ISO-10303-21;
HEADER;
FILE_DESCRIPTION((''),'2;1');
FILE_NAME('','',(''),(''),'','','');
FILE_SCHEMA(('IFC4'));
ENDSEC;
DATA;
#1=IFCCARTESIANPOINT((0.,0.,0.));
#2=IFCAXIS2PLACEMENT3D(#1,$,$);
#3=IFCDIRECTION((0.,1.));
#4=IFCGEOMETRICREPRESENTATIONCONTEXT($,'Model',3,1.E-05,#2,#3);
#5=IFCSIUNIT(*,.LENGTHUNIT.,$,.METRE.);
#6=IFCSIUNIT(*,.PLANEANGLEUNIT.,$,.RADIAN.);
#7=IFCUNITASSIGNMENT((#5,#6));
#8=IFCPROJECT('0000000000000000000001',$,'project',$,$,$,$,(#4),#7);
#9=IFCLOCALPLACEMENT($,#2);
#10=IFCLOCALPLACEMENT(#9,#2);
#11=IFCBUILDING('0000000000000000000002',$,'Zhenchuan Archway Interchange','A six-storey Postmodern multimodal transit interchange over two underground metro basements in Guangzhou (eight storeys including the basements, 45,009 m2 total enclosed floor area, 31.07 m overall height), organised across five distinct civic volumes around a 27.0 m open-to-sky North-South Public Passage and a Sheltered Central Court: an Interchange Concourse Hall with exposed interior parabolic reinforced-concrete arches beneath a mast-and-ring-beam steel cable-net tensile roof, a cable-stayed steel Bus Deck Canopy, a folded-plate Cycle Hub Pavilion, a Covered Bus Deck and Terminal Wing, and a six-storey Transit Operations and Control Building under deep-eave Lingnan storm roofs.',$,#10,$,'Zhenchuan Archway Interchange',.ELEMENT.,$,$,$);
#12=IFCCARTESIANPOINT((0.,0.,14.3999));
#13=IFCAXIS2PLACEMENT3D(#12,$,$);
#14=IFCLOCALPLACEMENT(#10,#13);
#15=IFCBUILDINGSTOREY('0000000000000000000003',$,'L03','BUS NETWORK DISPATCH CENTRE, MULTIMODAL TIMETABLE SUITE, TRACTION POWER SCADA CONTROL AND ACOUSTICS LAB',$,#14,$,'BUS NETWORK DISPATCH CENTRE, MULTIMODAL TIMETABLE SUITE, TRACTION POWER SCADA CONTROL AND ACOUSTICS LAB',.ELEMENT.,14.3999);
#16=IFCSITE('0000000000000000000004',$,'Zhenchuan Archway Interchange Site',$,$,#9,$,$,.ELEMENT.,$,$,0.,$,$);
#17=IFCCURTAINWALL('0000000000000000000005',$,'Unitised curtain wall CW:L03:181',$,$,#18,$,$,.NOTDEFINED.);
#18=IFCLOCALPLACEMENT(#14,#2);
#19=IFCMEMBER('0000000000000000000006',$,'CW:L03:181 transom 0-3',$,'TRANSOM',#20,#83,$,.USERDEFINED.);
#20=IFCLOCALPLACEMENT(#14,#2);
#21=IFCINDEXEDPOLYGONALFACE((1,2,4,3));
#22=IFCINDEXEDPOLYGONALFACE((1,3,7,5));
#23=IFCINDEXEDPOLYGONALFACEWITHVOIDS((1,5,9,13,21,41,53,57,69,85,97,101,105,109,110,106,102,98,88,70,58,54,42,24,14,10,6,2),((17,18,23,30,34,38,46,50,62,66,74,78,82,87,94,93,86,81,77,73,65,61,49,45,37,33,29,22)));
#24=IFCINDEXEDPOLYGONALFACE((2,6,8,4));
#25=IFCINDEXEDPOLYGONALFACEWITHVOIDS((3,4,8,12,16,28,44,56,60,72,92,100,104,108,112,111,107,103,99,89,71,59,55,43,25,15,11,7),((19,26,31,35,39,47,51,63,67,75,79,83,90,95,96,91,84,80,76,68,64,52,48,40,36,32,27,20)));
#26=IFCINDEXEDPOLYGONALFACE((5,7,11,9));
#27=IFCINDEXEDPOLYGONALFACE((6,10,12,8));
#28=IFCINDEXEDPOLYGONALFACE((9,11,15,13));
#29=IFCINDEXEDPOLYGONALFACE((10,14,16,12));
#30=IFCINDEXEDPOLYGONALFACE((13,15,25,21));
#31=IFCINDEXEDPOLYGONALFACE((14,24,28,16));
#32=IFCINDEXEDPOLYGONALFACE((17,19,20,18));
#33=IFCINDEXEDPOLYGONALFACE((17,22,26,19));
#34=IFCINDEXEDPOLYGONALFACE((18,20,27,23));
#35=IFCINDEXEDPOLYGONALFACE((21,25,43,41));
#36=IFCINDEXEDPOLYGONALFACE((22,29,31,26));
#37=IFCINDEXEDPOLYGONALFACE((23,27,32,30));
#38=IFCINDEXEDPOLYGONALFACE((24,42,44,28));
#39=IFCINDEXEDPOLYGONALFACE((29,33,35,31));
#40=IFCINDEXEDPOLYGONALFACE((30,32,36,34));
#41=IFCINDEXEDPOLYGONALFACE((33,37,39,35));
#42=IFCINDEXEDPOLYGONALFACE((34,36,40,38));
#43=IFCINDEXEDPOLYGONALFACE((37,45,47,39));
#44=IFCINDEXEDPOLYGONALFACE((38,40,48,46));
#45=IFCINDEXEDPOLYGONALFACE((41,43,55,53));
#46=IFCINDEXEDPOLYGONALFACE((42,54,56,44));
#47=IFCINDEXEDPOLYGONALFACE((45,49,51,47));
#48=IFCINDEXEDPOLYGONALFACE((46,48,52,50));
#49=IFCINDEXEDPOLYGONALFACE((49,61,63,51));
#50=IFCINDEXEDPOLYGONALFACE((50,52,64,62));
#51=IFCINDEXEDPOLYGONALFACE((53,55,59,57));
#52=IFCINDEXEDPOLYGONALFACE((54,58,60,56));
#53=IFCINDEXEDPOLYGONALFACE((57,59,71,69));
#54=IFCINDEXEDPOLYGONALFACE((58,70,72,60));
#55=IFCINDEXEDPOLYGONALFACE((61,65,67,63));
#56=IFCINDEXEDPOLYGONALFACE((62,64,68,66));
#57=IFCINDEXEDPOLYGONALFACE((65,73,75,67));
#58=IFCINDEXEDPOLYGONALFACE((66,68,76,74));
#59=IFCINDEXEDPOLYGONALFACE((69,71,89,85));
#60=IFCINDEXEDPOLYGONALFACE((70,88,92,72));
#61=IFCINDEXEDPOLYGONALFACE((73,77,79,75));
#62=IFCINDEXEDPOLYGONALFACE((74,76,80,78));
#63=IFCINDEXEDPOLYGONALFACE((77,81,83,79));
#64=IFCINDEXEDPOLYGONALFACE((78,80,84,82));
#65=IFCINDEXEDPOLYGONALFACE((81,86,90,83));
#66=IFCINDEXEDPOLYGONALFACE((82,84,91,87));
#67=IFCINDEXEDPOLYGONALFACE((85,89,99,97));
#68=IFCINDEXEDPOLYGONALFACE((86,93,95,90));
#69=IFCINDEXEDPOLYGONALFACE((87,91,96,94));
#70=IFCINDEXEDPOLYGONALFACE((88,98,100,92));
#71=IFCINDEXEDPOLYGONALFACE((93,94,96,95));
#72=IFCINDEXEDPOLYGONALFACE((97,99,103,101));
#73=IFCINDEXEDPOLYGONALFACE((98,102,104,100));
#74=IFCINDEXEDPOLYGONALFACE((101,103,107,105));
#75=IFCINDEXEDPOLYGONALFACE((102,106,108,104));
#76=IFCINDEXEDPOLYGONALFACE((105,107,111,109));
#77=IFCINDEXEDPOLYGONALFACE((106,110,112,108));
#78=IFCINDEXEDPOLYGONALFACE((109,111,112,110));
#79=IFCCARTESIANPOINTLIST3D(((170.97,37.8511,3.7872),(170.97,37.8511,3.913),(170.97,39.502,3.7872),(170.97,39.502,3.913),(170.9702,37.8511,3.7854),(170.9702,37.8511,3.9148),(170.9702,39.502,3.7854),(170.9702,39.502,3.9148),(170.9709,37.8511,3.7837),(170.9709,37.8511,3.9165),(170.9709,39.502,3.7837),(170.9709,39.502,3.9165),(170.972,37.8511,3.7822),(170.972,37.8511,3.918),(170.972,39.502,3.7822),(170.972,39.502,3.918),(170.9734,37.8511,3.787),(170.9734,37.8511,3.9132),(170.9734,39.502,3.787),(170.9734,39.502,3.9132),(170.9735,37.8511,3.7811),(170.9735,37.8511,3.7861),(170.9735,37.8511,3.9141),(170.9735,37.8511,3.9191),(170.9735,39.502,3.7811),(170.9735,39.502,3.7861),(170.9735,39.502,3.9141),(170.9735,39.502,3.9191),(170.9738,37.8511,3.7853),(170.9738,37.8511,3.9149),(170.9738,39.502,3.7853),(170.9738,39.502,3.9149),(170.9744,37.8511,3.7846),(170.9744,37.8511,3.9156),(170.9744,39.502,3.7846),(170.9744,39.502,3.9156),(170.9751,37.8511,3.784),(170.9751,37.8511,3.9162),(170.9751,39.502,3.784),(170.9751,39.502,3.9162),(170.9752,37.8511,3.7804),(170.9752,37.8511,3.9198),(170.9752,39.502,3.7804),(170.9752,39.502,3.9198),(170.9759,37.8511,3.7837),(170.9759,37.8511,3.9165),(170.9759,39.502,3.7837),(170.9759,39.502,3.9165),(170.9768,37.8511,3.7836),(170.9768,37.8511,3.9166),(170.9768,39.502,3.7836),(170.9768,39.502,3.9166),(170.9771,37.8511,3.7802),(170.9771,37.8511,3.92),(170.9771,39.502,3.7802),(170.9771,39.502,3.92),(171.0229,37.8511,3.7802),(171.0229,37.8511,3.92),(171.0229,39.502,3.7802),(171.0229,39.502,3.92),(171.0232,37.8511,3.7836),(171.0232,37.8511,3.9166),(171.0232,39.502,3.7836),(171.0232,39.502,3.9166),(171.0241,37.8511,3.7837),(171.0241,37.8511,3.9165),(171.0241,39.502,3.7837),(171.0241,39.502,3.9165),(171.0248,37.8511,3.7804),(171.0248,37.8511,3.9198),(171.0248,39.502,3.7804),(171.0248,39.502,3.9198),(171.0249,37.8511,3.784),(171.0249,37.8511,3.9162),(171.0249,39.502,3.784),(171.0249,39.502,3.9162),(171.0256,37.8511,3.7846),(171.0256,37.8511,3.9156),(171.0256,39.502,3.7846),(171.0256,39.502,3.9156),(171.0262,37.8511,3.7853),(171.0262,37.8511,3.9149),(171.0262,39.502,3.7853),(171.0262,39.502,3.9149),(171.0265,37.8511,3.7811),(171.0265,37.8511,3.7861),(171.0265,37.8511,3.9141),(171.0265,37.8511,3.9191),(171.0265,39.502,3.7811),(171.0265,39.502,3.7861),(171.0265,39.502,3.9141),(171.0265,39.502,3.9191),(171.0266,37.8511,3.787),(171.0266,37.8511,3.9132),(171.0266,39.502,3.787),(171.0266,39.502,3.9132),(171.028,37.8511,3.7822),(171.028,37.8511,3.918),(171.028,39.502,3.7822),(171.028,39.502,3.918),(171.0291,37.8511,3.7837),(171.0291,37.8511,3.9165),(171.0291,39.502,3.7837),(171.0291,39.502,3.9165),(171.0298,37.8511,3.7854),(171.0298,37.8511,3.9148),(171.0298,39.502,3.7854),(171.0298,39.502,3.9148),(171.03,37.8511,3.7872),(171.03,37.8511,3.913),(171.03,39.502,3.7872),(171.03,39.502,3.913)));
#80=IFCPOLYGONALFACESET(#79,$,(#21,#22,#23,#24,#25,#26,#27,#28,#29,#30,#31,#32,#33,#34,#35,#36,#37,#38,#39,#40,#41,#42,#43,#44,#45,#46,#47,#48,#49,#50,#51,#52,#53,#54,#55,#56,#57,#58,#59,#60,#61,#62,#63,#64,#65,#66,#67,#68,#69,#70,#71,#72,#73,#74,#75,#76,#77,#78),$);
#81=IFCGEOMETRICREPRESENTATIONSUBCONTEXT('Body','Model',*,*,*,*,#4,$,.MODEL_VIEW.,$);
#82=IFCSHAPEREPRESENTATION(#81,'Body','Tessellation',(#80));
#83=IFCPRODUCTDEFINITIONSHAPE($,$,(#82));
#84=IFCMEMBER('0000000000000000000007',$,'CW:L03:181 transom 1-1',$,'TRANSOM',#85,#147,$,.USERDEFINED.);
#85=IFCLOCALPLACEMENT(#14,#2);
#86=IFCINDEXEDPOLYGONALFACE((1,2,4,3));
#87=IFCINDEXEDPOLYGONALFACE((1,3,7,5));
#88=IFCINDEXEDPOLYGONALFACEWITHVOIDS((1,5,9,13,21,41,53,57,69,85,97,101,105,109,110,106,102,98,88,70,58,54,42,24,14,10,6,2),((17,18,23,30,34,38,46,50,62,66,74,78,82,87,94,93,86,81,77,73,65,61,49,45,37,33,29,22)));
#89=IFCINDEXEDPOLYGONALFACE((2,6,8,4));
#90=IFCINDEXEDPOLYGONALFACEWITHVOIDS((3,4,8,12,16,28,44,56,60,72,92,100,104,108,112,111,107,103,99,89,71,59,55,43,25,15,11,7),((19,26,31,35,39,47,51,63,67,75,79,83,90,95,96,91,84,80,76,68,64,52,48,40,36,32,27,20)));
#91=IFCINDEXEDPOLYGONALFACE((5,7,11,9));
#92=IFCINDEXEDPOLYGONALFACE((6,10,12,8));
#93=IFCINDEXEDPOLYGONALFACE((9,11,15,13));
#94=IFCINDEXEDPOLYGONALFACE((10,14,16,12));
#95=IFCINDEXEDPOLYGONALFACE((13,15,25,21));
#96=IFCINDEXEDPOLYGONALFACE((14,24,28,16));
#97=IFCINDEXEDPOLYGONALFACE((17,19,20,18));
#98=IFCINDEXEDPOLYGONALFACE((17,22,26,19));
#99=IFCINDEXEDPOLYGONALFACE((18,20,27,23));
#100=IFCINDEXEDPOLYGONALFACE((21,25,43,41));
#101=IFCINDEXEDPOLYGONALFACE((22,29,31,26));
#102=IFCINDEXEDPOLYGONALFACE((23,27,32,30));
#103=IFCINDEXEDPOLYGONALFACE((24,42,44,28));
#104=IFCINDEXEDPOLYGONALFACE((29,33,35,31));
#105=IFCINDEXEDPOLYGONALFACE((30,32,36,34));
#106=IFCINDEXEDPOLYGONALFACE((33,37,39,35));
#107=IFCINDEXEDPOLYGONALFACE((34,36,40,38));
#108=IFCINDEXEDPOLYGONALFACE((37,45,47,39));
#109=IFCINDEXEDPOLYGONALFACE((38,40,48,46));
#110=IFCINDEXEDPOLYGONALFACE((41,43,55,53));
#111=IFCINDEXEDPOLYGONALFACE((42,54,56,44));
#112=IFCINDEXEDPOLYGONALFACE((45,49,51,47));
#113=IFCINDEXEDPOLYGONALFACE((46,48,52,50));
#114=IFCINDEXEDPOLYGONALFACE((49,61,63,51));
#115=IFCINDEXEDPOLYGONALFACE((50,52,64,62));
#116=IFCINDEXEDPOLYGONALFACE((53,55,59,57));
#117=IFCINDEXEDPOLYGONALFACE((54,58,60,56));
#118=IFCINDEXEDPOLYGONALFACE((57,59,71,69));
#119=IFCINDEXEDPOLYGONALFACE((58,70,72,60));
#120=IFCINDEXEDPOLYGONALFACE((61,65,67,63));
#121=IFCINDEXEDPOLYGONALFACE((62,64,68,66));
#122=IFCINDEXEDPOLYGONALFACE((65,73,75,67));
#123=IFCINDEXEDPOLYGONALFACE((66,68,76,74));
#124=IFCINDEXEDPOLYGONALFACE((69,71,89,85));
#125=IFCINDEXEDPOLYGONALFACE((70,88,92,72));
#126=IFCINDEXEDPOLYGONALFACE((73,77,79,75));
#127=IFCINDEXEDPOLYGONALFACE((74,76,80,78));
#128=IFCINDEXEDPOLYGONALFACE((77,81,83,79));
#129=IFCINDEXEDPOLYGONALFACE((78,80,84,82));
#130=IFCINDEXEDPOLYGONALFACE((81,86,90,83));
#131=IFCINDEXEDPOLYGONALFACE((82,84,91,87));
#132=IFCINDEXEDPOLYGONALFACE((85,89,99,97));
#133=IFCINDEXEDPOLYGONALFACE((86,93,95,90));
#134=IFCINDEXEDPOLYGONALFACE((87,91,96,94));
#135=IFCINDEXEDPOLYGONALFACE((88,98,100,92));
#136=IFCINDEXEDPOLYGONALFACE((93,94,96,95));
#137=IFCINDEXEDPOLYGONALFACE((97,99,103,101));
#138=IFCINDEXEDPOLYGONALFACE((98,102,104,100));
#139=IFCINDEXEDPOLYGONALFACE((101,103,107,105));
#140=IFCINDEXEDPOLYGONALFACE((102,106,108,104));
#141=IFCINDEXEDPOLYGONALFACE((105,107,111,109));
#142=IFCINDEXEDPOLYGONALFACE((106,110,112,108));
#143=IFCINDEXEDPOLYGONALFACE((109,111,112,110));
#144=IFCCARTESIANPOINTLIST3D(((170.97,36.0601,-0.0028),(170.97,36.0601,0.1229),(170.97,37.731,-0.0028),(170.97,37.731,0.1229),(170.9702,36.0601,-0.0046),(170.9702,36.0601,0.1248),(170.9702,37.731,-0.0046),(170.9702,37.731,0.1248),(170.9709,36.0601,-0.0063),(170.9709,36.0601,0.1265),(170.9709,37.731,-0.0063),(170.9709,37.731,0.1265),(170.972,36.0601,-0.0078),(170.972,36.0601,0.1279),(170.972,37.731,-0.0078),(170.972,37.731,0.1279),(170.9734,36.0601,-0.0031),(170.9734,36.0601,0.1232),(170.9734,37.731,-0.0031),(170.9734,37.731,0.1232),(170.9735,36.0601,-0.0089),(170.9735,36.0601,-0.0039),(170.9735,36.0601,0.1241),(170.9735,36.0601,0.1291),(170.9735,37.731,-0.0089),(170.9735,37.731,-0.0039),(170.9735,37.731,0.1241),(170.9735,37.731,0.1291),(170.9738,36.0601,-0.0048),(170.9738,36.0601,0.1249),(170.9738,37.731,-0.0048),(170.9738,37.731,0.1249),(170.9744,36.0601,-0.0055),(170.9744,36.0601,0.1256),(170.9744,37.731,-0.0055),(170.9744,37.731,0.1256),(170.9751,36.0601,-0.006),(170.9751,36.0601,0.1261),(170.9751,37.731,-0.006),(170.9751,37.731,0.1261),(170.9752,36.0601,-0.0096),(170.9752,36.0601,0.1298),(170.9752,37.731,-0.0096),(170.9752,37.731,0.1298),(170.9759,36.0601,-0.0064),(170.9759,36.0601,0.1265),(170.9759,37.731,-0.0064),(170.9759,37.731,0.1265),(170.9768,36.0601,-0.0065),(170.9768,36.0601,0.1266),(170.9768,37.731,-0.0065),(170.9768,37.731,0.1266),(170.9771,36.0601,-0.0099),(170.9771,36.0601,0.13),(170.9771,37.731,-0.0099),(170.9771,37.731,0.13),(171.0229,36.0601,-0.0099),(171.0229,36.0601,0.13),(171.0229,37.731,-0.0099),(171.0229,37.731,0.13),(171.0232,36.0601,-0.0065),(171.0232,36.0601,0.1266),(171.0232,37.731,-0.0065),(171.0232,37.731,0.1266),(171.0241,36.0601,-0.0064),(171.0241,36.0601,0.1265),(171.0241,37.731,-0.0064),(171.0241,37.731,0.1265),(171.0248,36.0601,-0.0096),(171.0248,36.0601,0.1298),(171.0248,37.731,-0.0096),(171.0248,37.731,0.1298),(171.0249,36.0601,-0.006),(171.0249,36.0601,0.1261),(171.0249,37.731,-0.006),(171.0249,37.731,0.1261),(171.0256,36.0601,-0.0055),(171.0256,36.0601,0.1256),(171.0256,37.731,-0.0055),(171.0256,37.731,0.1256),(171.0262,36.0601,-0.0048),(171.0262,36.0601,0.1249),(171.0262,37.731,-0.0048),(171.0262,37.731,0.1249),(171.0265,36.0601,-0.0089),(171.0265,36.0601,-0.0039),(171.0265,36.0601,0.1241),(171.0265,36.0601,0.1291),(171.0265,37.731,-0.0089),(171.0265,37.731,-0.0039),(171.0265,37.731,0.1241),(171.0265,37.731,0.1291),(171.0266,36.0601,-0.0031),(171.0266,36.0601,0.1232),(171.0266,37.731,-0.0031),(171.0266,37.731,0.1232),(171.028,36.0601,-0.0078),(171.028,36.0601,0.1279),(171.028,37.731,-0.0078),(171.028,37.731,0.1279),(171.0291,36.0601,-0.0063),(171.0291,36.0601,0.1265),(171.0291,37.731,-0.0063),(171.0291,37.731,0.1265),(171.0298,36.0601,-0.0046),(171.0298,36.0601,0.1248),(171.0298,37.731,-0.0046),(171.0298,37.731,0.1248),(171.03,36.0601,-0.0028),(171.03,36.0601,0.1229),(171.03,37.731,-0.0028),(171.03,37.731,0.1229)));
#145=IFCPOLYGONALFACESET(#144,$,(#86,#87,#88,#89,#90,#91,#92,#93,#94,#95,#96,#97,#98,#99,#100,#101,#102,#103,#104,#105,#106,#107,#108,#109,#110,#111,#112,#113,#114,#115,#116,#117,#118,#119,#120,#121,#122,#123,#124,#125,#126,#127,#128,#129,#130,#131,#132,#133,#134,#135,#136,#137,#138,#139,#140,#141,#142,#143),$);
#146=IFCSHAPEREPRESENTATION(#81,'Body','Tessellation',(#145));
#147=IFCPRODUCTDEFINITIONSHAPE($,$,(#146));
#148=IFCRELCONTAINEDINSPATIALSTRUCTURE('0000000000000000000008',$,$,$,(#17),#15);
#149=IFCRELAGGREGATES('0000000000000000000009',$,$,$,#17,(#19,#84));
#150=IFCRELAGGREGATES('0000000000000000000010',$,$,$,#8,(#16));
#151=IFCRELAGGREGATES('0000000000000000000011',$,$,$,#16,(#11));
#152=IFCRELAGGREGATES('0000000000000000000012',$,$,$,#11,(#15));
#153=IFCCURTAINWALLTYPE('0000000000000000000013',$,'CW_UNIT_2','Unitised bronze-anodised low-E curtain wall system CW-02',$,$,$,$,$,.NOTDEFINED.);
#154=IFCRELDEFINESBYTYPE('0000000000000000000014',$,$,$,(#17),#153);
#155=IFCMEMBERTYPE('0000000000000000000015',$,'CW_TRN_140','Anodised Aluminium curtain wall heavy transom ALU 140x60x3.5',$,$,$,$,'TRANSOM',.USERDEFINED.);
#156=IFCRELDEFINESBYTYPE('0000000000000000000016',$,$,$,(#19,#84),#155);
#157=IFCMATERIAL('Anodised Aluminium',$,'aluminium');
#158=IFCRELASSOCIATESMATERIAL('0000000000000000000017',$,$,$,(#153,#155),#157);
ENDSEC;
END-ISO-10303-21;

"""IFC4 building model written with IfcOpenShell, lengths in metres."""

from ifc_helpers import new_model, si_unit, direction, frame, origin, origin_2d, place, context, subcontext, project, spatial, hollow_rectangle, extrude, material, material_profile, profile_set, type_object, element, aggregate, save


model = new_model("IFC4")

# Units and contexts
model_context = context("Model", 3, precision=1e-05, world=origin(), true_north=direction((0.0, 1.0)))
body_context = subcontext(model_context, "Body", "Model", "MODEL_VIEW")
ifc_project = project(units=[si_unit("LENGTHUNIT", "METRE"), si_unit("PLANEANGLEUNIT", "RADIAN")], contexts=[model_context])

# Site, building, storey
site_placement = place(None, origin())
site = spatial("IfcSite", under=ifc_project, at=site_placement, Name="Zhenchuan Archway Interchange Site", CompositionType="ELEMENT", RefElevation=0.0)
building_placement = place(site_placement, origin())
building = spatial("IfcBuilding", under=site, at=building_placement, Name="Zhenchuan Archway Interchange", Description="A six-storey Postmodern multimodal transit interchange over two underground metro basements in Guangzhou (eight storeys including the basements, 45,009 m2 total enclosed floor area, 31.07 m overall height), organised across five distinct civic volumes around a 27.0 m open-to-sky North-South Public Passage and a Sheltered Central Court: an Interchange Concourse Hall with exposed interior parabolic reinforced-concrete arches beneath a mast-and-ring-beam steel cable-net tensile roof, a cable-stayed steel Bus Deck Canopy, a folded-plate Cycle Hub Pavilion, a Covered Bus Deck and Terminal Wing, and a six-storey Transit Operations and Control Building under deep-eave Lingnan storm roofs.", LongName="Zhenchuan Archway Interchange", CompositionType="ELEMENT")
storey_placement = place(building_placement, frame((0.0, 0.0, 14.3999)))
storey = spatial("IfcBuildingStorey", under=building, at=storey_placement, Name="L03", Description="BUS NETWORK DISPATCH CENTRE, MULTIMODAL TIMETABLE SUITE, TRACTION POWER SCADA CONTROL AND ACOUSTICS LAB", LongName="BUS NETWORK DISPATCH CENTRE, MULTIMODAL TIMETABLE SUITE, TRACTION POWER SCADA CONTROL AND ACOUSTICS LAB", CompositionType="ELEMENT", Elevation=14.3999)

# Curtain wall
ifc_material_1 = material(Name="Anodised Aluminium", Category="aluminium")
curtain_wall_type_1 = type_object("IfcCurtainWallType", Name="CW_UNIT_2", Description="Unitised bronze-anodised low-E curtain wall system CW-02", PredefinedType="NOTDEFINED", material=ifc_material_1)
curtain_wall_1_placement = place(storey_placement, origin())
curtain_wall_1 = element("IfcCurtainWall", 1, at=curtain_wall_1_placement, inside=storey, type_object=curtain_wall_type_1, Name="Unitised curtain wall CW:L03:181", PredefinedType="NOTDEFINED")

# Members
ifc_material_profile_1 = material_profile(ifc_material_1, hollow_rectangle(XDim=0.0601, YDim=0.1399, WallThickness=0.0034, InnerFilletRadius=0.0034, OuterFilletRadius=0.0071, at=origin_2d()), Name="ALU 140x60x3.5")
ifc_profile_set_1 = profile_set([ifc_material_profile_1], Name="Anodised Aluminium")
member_type_1 = type_object("IfcMemberType", Name="CW_TRN_140", Description="Anodised Aluminium curtain wall heavy transom ALU 140x60x3.5", ElementType="TRANSOM", PredefinedType="USERDEFINED", material=ifc_profile_set_1)
member_1_placement = place(storey_placement, frame((171.0, 39.502, 3.8501), z_axis=(0.0, -1.0, 0.0), x_axis=(1.0, 0.0, 0.0)))
member_1 = element("IfcMember", 2, at=member_1_placement, type_object=member_type_1, Name="CW:L03:181 transom 0-3", ObjectType="TRANSOM", PredefinedType="USERDEFINED", context=body_context, shape_type="SweptSolid", body=[
    extrude(hollow_rectangle(XDim=0.0601, YDim=0.1399, WallThickness=0.0034, InnerFilletRadius=0.0034, OuterFilletRadius=0.0071, at=origin_2d()), origin(), (0.0, 0.0, 1.0), 1.6509),
])
member_2_placement = place(storey_placement, frame((171.0, 37.731, 0.0601), z_axis=(0.0, -1.0, 0.0), x_axis=(1.0, 0.0, 0.0)))
member_2 = element("IfcMember", 3, at=member_2_placement, type_object=member_type_1, Name="CW:L03:181 transom 1-1", ObjectType="TRANSOM", PredefinedType="USERDEFINED", context=body_context, shape_type="SweptSolid", body=[
    extrude(hollow_rectangle(XDim=0.0601, YDim=0.1399, WallThickness=0.0034, InnerFilletRadius=0.0034, OuterFilletRadius=0.0071, at=origin_2d()), origin(), (0.0, 0.0, 1.0), 1.6709),
])

aggregate(curtain_wall_1, [member_1, member_2])

save(model, "model.ifc")
